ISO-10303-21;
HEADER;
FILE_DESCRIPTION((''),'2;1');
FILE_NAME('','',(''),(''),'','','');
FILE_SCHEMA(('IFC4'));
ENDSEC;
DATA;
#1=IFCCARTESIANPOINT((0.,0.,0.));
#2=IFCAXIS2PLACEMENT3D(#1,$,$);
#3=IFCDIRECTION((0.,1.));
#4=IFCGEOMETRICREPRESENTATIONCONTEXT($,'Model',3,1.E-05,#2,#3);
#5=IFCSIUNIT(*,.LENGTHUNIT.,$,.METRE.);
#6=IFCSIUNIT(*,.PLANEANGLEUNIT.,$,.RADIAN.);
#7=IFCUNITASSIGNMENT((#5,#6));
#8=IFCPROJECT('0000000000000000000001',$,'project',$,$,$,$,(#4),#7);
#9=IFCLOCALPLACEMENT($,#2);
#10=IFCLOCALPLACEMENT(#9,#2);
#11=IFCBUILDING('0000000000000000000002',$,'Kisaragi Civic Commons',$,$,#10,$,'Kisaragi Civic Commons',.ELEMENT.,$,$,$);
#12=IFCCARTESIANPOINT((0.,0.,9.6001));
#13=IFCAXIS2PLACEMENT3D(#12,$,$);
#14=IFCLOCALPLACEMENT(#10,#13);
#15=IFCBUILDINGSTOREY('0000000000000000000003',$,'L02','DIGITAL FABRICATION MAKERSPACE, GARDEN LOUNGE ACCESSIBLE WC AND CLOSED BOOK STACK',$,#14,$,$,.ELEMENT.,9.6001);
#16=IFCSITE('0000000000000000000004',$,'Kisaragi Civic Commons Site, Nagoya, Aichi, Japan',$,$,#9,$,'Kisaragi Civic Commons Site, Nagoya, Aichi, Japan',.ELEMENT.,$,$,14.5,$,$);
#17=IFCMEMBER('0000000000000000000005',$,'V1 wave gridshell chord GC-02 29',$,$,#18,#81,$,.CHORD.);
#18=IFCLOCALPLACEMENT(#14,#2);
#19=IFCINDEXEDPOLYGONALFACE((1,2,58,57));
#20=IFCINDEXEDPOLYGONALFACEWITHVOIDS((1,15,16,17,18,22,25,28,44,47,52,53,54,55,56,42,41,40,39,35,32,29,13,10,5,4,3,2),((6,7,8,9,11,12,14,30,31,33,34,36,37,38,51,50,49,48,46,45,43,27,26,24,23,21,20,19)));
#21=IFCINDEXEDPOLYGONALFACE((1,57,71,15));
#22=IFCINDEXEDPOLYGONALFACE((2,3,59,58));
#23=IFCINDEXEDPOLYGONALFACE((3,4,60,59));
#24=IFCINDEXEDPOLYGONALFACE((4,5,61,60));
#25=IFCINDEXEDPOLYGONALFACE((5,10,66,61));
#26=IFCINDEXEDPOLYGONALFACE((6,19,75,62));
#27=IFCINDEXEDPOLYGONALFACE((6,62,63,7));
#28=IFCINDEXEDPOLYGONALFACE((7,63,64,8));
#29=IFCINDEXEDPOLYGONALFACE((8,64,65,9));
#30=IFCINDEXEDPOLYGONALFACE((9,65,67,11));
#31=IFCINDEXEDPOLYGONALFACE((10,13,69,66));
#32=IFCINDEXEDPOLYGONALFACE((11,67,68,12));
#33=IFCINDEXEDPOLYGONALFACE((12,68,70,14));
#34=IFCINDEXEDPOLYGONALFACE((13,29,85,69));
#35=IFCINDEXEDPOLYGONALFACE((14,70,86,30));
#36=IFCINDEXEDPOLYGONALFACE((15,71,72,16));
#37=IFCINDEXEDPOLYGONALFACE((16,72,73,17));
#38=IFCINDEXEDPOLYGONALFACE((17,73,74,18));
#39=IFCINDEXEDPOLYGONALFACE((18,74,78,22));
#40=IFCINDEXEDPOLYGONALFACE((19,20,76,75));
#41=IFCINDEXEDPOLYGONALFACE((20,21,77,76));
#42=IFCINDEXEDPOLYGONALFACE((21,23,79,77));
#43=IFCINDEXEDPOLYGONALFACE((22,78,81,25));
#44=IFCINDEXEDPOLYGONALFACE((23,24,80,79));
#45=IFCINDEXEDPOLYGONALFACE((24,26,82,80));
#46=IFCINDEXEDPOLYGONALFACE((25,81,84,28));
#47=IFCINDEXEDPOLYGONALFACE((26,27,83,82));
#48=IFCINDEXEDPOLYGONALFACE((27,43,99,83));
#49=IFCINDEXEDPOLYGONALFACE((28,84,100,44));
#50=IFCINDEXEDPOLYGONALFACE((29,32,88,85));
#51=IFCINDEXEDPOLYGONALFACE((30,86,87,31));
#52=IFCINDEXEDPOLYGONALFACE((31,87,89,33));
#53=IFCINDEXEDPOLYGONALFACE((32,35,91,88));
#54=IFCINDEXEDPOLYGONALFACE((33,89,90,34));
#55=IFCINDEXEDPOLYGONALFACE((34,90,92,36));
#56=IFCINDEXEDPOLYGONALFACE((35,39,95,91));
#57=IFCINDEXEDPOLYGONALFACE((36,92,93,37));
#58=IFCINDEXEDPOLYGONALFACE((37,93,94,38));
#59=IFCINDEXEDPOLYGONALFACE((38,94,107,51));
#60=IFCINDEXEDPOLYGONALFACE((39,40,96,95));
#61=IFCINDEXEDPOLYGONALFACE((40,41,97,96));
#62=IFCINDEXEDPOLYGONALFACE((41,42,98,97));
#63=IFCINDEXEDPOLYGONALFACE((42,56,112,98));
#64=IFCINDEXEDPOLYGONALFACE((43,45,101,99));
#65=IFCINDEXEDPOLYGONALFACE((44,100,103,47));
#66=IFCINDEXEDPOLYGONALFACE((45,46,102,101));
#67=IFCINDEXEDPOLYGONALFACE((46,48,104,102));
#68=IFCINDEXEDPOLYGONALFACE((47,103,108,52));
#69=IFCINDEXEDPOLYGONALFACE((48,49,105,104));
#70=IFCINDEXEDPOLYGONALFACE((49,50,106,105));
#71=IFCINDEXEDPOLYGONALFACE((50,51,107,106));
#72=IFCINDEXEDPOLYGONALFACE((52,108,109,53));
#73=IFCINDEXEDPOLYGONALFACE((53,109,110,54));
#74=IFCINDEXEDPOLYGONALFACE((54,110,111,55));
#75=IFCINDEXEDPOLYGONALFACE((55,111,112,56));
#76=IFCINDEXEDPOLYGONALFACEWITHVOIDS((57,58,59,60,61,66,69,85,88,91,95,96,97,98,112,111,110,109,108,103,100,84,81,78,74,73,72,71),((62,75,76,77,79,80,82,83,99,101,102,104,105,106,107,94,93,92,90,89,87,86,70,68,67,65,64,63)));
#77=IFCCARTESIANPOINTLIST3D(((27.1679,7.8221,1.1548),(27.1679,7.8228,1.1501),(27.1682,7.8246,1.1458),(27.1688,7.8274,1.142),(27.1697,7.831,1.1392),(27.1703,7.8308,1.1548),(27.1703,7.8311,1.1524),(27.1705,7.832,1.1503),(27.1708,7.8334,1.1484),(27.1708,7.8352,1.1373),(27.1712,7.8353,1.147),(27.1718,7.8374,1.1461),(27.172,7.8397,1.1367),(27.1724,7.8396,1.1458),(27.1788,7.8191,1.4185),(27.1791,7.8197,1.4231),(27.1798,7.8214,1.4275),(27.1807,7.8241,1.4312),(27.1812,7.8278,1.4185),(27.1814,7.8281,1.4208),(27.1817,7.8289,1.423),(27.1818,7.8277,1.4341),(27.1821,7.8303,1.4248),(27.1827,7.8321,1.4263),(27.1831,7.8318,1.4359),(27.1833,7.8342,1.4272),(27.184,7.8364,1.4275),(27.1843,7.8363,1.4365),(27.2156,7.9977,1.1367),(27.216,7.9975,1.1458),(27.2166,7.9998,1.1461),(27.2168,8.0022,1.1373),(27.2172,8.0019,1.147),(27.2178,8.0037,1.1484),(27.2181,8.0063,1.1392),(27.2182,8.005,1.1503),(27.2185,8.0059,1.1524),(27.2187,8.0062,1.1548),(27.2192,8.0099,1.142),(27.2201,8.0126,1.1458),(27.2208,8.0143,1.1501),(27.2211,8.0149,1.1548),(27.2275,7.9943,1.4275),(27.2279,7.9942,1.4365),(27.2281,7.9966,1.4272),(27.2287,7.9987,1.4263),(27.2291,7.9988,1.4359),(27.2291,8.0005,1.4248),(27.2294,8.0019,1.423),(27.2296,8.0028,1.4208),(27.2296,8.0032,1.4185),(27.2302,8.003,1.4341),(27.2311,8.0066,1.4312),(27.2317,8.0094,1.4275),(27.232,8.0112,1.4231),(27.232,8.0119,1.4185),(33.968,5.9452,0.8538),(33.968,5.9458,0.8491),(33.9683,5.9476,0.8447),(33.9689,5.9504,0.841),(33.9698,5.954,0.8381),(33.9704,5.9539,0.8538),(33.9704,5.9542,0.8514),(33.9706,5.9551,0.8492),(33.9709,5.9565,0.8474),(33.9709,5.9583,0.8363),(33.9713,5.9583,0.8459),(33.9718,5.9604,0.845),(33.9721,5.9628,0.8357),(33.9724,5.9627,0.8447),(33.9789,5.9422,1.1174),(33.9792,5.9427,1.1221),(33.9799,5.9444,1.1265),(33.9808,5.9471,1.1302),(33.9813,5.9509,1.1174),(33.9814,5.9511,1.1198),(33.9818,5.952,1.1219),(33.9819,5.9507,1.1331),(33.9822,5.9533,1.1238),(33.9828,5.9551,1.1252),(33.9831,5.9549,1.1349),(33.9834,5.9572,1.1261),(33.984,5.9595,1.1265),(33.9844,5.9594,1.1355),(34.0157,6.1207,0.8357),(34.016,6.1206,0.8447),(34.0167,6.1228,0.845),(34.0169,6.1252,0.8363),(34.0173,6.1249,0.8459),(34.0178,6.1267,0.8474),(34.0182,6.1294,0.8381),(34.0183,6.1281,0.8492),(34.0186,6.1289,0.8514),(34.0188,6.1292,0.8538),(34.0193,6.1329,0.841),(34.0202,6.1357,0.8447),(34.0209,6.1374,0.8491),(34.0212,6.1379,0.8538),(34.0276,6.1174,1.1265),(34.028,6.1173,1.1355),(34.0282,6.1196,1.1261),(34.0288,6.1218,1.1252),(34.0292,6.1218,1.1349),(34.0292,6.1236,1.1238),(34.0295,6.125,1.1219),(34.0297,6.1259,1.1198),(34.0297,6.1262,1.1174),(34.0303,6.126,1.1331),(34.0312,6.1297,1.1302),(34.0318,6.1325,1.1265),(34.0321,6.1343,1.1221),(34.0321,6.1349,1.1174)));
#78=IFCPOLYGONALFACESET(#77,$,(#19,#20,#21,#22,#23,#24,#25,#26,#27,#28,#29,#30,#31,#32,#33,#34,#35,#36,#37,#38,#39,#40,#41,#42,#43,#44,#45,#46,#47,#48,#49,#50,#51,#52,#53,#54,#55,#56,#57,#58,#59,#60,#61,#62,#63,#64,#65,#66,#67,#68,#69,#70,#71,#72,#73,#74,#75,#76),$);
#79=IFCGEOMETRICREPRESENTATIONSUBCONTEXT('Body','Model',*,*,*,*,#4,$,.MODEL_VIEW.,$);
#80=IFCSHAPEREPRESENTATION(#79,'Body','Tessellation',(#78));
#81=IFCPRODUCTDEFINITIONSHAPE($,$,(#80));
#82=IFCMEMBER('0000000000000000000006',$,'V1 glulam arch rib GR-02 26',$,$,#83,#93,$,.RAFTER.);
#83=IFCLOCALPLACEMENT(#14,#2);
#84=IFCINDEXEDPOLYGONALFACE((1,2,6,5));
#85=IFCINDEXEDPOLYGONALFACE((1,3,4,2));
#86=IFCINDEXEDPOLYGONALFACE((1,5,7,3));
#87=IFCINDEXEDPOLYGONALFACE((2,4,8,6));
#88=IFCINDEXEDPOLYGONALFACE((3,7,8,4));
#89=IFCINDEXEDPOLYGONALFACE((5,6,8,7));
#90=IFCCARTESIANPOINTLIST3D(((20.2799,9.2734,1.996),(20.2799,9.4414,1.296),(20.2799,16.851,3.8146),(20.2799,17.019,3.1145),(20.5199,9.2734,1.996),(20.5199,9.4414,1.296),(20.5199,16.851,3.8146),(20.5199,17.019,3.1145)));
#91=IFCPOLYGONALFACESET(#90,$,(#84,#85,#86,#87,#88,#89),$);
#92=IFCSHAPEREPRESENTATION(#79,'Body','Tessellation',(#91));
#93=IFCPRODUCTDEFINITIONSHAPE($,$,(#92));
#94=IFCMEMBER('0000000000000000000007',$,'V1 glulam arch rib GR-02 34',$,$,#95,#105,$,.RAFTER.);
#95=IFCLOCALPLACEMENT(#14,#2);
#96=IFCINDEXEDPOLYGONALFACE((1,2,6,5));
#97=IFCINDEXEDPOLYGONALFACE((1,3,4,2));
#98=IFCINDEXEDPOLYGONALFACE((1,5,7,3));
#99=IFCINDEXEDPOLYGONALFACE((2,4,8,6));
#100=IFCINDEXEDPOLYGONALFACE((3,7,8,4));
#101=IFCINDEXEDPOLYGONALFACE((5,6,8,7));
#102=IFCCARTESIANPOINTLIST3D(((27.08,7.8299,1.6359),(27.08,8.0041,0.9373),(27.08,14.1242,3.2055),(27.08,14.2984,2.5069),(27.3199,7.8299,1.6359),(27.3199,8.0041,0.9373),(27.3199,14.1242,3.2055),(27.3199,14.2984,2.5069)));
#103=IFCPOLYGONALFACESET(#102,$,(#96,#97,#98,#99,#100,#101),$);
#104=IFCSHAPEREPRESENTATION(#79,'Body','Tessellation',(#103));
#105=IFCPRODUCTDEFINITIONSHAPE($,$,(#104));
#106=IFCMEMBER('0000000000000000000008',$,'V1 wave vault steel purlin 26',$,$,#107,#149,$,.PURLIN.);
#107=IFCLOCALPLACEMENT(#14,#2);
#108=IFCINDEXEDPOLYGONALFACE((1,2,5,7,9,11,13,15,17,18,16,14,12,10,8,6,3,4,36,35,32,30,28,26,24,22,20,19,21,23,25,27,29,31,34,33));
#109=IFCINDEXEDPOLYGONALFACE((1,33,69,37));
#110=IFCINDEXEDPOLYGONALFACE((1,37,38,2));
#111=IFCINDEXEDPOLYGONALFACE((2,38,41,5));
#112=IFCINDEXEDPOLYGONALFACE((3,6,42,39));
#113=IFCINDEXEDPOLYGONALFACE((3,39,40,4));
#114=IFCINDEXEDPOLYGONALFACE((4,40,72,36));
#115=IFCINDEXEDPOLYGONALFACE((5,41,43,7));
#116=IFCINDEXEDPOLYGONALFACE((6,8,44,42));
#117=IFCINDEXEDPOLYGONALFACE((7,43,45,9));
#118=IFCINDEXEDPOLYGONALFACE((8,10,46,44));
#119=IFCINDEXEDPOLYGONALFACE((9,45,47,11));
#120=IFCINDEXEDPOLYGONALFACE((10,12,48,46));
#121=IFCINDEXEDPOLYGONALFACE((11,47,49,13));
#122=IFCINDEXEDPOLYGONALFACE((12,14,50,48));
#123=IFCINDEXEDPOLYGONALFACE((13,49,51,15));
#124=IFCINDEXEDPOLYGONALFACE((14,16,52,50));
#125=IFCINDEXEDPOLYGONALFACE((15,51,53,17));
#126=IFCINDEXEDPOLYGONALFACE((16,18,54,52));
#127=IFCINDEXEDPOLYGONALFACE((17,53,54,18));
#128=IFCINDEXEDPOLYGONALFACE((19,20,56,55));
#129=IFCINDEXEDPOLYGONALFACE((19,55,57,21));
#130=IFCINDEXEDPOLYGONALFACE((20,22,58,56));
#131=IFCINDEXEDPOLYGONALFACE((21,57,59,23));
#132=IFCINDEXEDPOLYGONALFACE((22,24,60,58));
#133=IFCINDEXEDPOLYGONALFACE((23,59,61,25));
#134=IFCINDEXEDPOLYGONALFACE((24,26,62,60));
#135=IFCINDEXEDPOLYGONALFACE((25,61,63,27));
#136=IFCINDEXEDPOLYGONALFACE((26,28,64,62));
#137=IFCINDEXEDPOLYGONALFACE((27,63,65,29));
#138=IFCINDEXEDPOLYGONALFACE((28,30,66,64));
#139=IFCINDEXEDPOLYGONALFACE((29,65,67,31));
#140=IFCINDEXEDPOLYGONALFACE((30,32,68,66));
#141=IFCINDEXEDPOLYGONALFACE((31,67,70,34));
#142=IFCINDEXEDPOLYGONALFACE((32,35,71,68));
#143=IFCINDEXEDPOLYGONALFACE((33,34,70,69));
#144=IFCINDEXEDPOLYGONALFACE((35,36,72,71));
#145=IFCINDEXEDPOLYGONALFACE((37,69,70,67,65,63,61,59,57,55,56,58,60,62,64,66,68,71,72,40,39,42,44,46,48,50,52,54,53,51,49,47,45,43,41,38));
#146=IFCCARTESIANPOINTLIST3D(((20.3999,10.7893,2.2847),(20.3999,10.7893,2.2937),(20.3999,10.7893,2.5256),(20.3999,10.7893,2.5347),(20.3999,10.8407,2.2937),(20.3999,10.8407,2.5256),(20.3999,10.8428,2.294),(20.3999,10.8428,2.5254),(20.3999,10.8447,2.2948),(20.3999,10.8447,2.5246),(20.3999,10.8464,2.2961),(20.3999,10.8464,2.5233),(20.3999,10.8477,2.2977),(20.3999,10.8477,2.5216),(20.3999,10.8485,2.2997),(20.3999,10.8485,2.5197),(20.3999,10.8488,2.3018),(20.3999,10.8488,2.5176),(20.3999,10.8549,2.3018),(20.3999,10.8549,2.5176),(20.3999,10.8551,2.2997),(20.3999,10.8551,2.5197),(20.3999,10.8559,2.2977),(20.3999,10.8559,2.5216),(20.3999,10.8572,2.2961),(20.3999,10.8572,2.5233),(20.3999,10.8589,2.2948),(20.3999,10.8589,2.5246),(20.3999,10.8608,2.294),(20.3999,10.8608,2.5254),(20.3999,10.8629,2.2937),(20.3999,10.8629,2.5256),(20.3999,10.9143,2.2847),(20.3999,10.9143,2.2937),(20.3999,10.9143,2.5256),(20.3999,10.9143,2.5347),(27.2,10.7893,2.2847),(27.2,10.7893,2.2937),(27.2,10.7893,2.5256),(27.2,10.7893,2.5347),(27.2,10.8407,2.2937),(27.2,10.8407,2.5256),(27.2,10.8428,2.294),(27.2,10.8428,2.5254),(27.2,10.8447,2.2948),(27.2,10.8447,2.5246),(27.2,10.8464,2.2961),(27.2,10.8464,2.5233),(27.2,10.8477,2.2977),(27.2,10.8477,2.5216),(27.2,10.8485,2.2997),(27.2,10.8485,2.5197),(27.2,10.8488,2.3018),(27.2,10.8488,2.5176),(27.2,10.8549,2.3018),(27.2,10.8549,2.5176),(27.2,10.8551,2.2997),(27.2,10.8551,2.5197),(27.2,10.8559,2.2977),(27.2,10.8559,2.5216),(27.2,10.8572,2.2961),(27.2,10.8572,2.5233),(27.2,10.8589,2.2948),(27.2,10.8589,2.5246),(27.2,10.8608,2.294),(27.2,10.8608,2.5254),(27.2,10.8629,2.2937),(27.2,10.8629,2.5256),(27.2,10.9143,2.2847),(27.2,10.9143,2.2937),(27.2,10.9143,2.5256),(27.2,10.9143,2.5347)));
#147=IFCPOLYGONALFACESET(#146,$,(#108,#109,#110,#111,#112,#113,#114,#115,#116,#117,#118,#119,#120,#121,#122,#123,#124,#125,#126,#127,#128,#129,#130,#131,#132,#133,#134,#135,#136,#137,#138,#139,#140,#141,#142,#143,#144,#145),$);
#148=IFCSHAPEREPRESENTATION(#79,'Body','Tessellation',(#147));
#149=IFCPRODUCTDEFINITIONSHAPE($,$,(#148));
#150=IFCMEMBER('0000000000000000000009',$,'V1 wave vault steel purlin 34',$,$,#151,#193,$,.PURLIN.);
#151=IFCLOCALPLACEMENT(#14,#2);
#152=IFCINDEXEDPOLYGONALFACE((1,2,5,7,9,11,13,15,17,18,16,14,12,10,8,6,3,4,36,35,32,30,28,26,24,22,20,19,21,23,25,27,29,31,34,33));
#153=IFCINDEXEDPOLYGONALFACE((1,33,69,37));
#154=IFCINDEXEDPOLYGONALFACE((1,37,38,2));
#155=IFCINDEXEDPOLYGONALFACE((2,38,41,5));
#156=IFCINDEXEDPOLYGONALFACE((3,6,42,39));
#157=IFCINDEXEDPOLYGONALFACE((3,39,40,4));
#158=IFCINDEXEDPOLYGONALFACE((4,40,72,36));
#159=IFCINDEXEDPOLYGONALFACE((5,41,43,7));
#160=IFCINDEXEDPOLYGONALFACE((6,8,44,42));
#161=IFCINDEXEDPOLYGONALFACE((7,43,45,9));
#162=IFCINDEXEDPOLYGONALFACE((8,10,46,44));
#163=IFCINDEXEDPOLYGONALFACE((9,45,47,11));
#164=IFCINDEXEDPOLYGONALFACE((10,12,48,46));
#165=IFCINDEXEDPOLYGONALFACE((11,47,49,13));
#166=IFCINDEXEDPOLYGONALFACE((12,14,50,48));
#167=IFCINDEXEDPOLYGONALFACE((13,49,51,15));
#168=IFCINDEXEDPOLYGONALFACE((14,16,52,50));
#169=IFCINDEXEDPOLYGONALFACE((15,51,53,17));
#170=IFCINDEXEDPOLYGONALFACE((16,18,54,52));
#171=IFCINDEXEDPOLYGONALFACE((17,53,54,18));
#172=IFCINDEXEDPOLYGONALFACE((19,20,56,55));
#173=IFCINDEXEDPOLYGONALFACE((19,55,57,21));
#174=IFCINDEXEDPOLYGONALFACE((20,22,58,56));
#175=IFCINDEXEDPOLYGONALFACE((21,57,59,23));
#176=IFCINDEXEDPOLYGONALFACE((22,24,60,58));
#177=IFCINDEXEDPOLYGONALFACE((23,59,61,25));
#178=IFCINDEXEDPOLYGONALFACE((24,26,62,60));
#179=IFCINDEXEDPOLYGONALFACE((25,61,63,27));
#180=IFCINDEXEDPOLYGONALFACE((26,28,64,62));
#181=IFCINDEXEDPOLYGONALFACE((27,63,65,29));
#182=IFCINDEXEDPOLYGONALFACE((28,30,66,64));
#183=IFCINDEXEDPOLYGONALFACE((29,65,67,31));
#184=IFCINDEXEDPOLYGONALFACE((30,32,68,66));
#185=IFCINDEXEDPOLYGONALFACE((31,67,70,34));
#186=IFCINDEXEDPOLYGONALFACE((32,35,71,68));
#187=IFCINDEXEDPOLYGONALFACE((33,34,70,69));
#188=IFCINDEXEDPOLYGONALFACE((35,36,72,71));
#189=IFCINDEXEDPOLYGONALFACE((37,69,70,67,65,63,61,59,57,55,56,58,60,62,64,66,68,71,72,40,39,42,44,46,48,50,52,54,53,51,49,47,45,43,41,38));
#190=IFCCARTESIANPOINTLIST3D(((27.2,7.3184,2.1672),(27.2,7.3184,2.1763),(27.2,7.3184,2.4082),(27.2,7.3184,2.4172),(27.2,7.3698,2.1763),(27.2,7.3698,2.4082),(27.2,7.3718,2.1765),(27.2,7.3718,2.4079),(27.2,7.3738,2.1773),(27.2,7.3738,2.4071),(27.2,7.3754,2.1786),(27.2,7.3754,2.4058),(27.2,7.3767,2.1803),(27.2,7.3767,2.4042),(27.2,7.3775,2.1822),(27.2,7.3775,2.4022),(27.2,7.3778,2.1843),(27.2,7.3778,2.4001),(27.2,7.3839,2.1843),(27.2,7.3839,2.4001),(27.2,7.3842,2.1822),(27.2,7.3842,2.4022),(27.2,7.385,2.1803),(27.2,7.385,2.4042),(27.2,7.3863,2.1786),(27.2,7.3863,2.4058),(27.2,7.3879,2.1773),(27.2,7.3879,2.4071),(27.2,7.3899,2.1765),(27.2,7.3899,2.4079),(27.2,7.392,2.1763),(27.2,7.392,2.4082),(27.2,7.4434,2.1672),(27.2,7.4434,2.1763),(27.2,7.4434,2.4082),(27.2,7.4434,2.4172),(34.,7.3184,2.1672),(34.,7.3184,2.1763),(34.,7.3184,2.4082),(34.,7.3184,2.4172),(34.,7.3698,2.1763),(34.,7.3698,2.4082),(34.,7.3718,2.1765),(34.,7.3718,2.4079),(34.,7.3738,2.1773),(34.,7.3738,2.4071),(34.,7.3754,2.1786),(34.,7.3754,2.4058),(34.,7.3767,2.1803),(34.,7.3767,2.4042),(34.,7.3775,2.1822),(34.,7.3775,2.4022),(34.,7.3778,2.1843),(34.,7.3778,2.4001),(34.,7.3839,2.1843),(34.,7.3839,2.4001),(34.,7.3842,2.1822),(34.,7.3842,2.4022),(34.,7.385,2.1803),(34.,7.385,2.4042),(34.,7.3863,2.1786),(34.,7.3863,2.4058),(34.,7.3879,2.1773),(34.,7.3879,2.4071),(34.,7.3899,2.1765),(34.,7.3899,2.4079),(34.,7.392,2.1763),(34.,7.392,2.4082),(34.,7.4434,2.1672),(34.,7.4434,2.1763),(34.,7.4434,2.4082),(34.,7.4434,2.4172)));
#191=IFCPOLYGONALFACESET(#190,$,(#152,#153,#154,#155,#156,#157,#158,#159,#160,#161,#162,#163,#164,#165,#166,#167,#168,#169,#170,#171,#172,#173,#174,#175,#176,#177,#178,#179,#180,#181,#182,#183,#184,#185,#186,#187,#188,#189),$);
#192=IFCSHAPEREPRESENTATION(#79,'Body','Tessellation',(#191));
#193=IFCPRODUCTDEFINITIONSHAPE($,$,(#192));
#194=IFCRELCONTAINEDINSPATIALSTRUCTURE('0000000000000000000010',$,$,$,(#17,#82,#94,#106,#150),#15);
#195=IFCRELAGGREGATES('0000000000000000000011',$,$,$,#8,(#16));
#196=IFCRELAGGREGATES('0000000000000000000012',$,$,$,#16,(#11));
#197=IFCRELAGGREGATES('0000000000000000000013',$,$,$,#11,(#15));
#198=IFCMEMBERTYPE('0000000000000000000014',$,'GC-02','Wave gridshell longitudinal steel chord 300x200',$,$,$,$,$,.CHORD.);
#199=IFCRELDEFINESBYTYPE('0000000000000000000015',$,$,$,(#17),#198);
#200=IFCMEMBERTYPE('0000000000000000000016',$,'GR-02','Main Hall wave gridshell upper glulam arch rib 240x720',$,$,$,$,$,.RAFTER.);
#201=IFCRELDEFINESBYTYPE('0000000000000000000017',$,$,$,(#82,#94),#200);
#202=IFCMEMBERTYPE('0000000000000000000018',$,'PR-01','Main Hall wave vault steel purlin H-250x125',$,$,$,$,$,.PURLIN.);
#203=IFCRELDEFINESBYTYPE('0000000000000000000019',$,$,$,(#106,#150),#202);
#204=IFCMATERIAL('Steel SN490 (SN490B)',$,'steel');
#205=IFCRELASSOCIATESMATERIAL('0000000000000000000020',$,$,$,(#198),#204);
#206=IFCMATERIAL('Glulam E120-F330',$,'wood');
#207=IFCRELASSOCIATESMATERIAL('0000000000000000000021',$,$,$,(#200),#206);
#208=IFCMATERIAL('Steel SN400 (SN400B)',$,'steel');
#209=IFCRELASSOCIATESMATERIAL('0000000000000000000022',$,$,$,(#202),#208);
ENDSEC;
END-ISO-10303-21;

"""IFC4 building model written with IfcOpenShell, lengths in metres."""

from ifc_helpers import new_model, si_unit, direction, frame, origin, origin_2d, place, context, subcontext, project, spatial, rectangle, hollow_rectangle, i_section, extrude, material, material_profile, profile_set, type_object, element, save


model = new_model("IFC4")

# Units and contexts
model_context = context("Model", 3, precision=1e-05, world=origin(), true_north=direction((0.0, 1.0)))
body_context = subcontext(model_context, "Body", "Model", "MODEL_VIEW")
ifc_project = project(units=[si_unit("LENGTHUNIT", "METRE"), si_unit("PLANEANGLEUNIT", "RADIAN")], contexts=[model_context])

# Site, building, storey
site_placement = place(None, origin())
site = spatial("IfcSite", under=ifc_project, at=site_placement, Name="Kisaragi Civic Commons Site, Nagoya, Aichi, Japan", LongName="Kisaragi Civic Commons Site, Nagoya, Aichi, Japan", CompositionType="ELEMENT", RefElevation=14.5)
building_placement = place(site_placement, origin())
building = spatial("IfcBuilding", under=site, at=building_placement, Name="Kisaragi Civic Commons", LongName="Kisaragi Civic Commons", CompositionType="ELEMENT")
storey_placement = place(building_placement, frame((0.0, 0.0, 9.6001)))
storey = spatial("IfcBuildingStorey", under=building, at=storey_placement, Name="L02", Description="DIGITAL FABRICATION MAKERSPACE, GARDEN LOUNGE ACCESSIBLE WC AND CLOSED BOOK STACK", CompositionType="ELEMENT", Elevation=9.6001)

# Shared definitions
ifc_material_1 = material(Name="Steel SN400 (SN400B)", Category="steel")

# Members
ifc_material_2 = material(Name="Steel SN490 (SN490B)", Category="steel")
ifc_material_profile_1 = material_profile(ifc_material_2, hollow_rectangle(XDim=0.2, YDim=0.3, WallThickness=0.009, InnerFilletRadius=0.009, OuterFilletRadius=0.0181, at=origin_2d()), Name="STKR-300x200x9", Category="steel")
ifc_profile_set_1 = profile_set([ifc_material_profile_1], Name="Steel SN490 (SN490B)")
member_type_1 = type_object("IfcMemberType", Name="GC-02", Description="Wave gridshell longitudinal steel chord 300x200", PredefinedType="CHORD", material=ifc_profile_set_1)
member_1_placement = place(storey_placement, frame((27.2, 7.917, 1.2866), z_axis=(0.963077, -0.265829, -0.042634), x_axis=(0.266071, 0.963953, 0.0)))
element("IfcMember", 1, at=member_1_placement, inside=storey, type_object=member_type_1, Name="V1 wave gridshell chord GC-02 29", PredefinedType="CHORD", context=body_context, shape_type="SweptSolid", body=[
    extrude(hollow_rectangle(XDim=0.2, YDim=0.3, WallThickness=0.009, InnerFilletRadius=0.009, OuterFilletRadius=0.0181, at=origin_2d()), origin(), (0.0, 0.0, 1.0), 7.0608),
])
ifc_material_3 = material(Name="Glulam E120-F330", Category="wood")
ifc_material_profile_2 = material_profile(ifc_material_3, rectangle(XDim=0.24, YDim=0.72, at=origin_2d()), Name="GL-240x720", Category="wood")
ifc_profile_set_2 = profile_set([ifc_material_profile_2], Name="Glulam E120-F330")
member_type_2 = type_object("IfcMemberType", Name="GR-02", Description="Main Hall wave gridshell upper glulam arch rib 240x720", PredefinedType="RAFTER", material=ifc_profile_set_2)
member_2_placement = place(storey_placement, frame((20.3999, 9.3574, 1.646), z_axis=(0.0, 0.972388, 0.233369), x_axis=(-1.0, 0.0, 0.0)))
element("IfcMember", 2, at=member_2_placement, inside=storey, type_object=member_type_2, Name="V1 glulam arch rib GR-02 26", PredefinedType="RAFTER", context=body_context, shape_type="SweptSolid", body=[
    extrude(rectangle(XDim=0.24, YDim=0.72, at=origin_2d()), origin(), (0.0, 0.0, 1.0), 7.7927),
])
member_3_placement = place(storey_placement, frame((27.2, 7.917, 1.2866), z_axis=(0.0, 0.970288, 0.241951), x_axis=(-1.0, 0.0, 0.0)))
element("IfcMember", 3, at=member_3_placement, inside=storey, type_object=member_type_2, Name="V1 glulam arch rib GR-02 34", PredefinedType="RAFTER", context=body_context, shape_type="SweptSolid", body=[
    extrude(rectangle(XDim=0.24, YDim=0.72, at=origin_2d()), origin(), (0.0, 0.0, 1.0), 6.4871),
])
ifc_material_profile_3 = material_profile(ifc_material_1, i_section(OverallWidth=0.125, OverallDepth=0.25, WebThickness=0.0061, FlangeThickness=0.009, FilletRadius=0.0081, at=origin_2d()), Name="H-250x125x6x9", Category="steel")
ifc_profile_set_3 = profile_set([ifc_material_profile_3], Name="Steel SN400 (SN400B)")
member_type_3 = type_object("IfcMemberType", Name="PR-01", Description="Main Hall wave vault steel purlin H-250x125", PredefinedType="PURLIN", material=ifc_profile_set_3)
for number, where, z_axis, x_axis, name in (
    (4, (20.3999, 10.8518, 2.4097), (1.0, 0.0, 0.0), (0.0, 1.0, 0.0), "V1 wave vault steel purlin 26"),
    (5, (27.2, 7.3809, 2.2922), (1.0, 0.0, 0.0), (0.0, 1.0, 0.0), "V1 wave vault steel purlin 34"),
):
    element("IfcMember", number, at=place(storey_placement, frame(where, z_axis=z_axis, x_axis=x_axis)), inside=storey, type_object=member_type_3, Name=name, PredefinedType="PURLIN", context=body_context, shape_type="SweptSolid", body=[
        extrude(i_section(OverallWidth=0.125, OverallDepth=0.25, WebThickness=0.0061, FlangeThickness=0.009, FilletRadius=0.0081, at=origin_2d()), origin(), (0.0, 0.0, 1.0), 6.8),
    ])

save(model, "model.ifc")
